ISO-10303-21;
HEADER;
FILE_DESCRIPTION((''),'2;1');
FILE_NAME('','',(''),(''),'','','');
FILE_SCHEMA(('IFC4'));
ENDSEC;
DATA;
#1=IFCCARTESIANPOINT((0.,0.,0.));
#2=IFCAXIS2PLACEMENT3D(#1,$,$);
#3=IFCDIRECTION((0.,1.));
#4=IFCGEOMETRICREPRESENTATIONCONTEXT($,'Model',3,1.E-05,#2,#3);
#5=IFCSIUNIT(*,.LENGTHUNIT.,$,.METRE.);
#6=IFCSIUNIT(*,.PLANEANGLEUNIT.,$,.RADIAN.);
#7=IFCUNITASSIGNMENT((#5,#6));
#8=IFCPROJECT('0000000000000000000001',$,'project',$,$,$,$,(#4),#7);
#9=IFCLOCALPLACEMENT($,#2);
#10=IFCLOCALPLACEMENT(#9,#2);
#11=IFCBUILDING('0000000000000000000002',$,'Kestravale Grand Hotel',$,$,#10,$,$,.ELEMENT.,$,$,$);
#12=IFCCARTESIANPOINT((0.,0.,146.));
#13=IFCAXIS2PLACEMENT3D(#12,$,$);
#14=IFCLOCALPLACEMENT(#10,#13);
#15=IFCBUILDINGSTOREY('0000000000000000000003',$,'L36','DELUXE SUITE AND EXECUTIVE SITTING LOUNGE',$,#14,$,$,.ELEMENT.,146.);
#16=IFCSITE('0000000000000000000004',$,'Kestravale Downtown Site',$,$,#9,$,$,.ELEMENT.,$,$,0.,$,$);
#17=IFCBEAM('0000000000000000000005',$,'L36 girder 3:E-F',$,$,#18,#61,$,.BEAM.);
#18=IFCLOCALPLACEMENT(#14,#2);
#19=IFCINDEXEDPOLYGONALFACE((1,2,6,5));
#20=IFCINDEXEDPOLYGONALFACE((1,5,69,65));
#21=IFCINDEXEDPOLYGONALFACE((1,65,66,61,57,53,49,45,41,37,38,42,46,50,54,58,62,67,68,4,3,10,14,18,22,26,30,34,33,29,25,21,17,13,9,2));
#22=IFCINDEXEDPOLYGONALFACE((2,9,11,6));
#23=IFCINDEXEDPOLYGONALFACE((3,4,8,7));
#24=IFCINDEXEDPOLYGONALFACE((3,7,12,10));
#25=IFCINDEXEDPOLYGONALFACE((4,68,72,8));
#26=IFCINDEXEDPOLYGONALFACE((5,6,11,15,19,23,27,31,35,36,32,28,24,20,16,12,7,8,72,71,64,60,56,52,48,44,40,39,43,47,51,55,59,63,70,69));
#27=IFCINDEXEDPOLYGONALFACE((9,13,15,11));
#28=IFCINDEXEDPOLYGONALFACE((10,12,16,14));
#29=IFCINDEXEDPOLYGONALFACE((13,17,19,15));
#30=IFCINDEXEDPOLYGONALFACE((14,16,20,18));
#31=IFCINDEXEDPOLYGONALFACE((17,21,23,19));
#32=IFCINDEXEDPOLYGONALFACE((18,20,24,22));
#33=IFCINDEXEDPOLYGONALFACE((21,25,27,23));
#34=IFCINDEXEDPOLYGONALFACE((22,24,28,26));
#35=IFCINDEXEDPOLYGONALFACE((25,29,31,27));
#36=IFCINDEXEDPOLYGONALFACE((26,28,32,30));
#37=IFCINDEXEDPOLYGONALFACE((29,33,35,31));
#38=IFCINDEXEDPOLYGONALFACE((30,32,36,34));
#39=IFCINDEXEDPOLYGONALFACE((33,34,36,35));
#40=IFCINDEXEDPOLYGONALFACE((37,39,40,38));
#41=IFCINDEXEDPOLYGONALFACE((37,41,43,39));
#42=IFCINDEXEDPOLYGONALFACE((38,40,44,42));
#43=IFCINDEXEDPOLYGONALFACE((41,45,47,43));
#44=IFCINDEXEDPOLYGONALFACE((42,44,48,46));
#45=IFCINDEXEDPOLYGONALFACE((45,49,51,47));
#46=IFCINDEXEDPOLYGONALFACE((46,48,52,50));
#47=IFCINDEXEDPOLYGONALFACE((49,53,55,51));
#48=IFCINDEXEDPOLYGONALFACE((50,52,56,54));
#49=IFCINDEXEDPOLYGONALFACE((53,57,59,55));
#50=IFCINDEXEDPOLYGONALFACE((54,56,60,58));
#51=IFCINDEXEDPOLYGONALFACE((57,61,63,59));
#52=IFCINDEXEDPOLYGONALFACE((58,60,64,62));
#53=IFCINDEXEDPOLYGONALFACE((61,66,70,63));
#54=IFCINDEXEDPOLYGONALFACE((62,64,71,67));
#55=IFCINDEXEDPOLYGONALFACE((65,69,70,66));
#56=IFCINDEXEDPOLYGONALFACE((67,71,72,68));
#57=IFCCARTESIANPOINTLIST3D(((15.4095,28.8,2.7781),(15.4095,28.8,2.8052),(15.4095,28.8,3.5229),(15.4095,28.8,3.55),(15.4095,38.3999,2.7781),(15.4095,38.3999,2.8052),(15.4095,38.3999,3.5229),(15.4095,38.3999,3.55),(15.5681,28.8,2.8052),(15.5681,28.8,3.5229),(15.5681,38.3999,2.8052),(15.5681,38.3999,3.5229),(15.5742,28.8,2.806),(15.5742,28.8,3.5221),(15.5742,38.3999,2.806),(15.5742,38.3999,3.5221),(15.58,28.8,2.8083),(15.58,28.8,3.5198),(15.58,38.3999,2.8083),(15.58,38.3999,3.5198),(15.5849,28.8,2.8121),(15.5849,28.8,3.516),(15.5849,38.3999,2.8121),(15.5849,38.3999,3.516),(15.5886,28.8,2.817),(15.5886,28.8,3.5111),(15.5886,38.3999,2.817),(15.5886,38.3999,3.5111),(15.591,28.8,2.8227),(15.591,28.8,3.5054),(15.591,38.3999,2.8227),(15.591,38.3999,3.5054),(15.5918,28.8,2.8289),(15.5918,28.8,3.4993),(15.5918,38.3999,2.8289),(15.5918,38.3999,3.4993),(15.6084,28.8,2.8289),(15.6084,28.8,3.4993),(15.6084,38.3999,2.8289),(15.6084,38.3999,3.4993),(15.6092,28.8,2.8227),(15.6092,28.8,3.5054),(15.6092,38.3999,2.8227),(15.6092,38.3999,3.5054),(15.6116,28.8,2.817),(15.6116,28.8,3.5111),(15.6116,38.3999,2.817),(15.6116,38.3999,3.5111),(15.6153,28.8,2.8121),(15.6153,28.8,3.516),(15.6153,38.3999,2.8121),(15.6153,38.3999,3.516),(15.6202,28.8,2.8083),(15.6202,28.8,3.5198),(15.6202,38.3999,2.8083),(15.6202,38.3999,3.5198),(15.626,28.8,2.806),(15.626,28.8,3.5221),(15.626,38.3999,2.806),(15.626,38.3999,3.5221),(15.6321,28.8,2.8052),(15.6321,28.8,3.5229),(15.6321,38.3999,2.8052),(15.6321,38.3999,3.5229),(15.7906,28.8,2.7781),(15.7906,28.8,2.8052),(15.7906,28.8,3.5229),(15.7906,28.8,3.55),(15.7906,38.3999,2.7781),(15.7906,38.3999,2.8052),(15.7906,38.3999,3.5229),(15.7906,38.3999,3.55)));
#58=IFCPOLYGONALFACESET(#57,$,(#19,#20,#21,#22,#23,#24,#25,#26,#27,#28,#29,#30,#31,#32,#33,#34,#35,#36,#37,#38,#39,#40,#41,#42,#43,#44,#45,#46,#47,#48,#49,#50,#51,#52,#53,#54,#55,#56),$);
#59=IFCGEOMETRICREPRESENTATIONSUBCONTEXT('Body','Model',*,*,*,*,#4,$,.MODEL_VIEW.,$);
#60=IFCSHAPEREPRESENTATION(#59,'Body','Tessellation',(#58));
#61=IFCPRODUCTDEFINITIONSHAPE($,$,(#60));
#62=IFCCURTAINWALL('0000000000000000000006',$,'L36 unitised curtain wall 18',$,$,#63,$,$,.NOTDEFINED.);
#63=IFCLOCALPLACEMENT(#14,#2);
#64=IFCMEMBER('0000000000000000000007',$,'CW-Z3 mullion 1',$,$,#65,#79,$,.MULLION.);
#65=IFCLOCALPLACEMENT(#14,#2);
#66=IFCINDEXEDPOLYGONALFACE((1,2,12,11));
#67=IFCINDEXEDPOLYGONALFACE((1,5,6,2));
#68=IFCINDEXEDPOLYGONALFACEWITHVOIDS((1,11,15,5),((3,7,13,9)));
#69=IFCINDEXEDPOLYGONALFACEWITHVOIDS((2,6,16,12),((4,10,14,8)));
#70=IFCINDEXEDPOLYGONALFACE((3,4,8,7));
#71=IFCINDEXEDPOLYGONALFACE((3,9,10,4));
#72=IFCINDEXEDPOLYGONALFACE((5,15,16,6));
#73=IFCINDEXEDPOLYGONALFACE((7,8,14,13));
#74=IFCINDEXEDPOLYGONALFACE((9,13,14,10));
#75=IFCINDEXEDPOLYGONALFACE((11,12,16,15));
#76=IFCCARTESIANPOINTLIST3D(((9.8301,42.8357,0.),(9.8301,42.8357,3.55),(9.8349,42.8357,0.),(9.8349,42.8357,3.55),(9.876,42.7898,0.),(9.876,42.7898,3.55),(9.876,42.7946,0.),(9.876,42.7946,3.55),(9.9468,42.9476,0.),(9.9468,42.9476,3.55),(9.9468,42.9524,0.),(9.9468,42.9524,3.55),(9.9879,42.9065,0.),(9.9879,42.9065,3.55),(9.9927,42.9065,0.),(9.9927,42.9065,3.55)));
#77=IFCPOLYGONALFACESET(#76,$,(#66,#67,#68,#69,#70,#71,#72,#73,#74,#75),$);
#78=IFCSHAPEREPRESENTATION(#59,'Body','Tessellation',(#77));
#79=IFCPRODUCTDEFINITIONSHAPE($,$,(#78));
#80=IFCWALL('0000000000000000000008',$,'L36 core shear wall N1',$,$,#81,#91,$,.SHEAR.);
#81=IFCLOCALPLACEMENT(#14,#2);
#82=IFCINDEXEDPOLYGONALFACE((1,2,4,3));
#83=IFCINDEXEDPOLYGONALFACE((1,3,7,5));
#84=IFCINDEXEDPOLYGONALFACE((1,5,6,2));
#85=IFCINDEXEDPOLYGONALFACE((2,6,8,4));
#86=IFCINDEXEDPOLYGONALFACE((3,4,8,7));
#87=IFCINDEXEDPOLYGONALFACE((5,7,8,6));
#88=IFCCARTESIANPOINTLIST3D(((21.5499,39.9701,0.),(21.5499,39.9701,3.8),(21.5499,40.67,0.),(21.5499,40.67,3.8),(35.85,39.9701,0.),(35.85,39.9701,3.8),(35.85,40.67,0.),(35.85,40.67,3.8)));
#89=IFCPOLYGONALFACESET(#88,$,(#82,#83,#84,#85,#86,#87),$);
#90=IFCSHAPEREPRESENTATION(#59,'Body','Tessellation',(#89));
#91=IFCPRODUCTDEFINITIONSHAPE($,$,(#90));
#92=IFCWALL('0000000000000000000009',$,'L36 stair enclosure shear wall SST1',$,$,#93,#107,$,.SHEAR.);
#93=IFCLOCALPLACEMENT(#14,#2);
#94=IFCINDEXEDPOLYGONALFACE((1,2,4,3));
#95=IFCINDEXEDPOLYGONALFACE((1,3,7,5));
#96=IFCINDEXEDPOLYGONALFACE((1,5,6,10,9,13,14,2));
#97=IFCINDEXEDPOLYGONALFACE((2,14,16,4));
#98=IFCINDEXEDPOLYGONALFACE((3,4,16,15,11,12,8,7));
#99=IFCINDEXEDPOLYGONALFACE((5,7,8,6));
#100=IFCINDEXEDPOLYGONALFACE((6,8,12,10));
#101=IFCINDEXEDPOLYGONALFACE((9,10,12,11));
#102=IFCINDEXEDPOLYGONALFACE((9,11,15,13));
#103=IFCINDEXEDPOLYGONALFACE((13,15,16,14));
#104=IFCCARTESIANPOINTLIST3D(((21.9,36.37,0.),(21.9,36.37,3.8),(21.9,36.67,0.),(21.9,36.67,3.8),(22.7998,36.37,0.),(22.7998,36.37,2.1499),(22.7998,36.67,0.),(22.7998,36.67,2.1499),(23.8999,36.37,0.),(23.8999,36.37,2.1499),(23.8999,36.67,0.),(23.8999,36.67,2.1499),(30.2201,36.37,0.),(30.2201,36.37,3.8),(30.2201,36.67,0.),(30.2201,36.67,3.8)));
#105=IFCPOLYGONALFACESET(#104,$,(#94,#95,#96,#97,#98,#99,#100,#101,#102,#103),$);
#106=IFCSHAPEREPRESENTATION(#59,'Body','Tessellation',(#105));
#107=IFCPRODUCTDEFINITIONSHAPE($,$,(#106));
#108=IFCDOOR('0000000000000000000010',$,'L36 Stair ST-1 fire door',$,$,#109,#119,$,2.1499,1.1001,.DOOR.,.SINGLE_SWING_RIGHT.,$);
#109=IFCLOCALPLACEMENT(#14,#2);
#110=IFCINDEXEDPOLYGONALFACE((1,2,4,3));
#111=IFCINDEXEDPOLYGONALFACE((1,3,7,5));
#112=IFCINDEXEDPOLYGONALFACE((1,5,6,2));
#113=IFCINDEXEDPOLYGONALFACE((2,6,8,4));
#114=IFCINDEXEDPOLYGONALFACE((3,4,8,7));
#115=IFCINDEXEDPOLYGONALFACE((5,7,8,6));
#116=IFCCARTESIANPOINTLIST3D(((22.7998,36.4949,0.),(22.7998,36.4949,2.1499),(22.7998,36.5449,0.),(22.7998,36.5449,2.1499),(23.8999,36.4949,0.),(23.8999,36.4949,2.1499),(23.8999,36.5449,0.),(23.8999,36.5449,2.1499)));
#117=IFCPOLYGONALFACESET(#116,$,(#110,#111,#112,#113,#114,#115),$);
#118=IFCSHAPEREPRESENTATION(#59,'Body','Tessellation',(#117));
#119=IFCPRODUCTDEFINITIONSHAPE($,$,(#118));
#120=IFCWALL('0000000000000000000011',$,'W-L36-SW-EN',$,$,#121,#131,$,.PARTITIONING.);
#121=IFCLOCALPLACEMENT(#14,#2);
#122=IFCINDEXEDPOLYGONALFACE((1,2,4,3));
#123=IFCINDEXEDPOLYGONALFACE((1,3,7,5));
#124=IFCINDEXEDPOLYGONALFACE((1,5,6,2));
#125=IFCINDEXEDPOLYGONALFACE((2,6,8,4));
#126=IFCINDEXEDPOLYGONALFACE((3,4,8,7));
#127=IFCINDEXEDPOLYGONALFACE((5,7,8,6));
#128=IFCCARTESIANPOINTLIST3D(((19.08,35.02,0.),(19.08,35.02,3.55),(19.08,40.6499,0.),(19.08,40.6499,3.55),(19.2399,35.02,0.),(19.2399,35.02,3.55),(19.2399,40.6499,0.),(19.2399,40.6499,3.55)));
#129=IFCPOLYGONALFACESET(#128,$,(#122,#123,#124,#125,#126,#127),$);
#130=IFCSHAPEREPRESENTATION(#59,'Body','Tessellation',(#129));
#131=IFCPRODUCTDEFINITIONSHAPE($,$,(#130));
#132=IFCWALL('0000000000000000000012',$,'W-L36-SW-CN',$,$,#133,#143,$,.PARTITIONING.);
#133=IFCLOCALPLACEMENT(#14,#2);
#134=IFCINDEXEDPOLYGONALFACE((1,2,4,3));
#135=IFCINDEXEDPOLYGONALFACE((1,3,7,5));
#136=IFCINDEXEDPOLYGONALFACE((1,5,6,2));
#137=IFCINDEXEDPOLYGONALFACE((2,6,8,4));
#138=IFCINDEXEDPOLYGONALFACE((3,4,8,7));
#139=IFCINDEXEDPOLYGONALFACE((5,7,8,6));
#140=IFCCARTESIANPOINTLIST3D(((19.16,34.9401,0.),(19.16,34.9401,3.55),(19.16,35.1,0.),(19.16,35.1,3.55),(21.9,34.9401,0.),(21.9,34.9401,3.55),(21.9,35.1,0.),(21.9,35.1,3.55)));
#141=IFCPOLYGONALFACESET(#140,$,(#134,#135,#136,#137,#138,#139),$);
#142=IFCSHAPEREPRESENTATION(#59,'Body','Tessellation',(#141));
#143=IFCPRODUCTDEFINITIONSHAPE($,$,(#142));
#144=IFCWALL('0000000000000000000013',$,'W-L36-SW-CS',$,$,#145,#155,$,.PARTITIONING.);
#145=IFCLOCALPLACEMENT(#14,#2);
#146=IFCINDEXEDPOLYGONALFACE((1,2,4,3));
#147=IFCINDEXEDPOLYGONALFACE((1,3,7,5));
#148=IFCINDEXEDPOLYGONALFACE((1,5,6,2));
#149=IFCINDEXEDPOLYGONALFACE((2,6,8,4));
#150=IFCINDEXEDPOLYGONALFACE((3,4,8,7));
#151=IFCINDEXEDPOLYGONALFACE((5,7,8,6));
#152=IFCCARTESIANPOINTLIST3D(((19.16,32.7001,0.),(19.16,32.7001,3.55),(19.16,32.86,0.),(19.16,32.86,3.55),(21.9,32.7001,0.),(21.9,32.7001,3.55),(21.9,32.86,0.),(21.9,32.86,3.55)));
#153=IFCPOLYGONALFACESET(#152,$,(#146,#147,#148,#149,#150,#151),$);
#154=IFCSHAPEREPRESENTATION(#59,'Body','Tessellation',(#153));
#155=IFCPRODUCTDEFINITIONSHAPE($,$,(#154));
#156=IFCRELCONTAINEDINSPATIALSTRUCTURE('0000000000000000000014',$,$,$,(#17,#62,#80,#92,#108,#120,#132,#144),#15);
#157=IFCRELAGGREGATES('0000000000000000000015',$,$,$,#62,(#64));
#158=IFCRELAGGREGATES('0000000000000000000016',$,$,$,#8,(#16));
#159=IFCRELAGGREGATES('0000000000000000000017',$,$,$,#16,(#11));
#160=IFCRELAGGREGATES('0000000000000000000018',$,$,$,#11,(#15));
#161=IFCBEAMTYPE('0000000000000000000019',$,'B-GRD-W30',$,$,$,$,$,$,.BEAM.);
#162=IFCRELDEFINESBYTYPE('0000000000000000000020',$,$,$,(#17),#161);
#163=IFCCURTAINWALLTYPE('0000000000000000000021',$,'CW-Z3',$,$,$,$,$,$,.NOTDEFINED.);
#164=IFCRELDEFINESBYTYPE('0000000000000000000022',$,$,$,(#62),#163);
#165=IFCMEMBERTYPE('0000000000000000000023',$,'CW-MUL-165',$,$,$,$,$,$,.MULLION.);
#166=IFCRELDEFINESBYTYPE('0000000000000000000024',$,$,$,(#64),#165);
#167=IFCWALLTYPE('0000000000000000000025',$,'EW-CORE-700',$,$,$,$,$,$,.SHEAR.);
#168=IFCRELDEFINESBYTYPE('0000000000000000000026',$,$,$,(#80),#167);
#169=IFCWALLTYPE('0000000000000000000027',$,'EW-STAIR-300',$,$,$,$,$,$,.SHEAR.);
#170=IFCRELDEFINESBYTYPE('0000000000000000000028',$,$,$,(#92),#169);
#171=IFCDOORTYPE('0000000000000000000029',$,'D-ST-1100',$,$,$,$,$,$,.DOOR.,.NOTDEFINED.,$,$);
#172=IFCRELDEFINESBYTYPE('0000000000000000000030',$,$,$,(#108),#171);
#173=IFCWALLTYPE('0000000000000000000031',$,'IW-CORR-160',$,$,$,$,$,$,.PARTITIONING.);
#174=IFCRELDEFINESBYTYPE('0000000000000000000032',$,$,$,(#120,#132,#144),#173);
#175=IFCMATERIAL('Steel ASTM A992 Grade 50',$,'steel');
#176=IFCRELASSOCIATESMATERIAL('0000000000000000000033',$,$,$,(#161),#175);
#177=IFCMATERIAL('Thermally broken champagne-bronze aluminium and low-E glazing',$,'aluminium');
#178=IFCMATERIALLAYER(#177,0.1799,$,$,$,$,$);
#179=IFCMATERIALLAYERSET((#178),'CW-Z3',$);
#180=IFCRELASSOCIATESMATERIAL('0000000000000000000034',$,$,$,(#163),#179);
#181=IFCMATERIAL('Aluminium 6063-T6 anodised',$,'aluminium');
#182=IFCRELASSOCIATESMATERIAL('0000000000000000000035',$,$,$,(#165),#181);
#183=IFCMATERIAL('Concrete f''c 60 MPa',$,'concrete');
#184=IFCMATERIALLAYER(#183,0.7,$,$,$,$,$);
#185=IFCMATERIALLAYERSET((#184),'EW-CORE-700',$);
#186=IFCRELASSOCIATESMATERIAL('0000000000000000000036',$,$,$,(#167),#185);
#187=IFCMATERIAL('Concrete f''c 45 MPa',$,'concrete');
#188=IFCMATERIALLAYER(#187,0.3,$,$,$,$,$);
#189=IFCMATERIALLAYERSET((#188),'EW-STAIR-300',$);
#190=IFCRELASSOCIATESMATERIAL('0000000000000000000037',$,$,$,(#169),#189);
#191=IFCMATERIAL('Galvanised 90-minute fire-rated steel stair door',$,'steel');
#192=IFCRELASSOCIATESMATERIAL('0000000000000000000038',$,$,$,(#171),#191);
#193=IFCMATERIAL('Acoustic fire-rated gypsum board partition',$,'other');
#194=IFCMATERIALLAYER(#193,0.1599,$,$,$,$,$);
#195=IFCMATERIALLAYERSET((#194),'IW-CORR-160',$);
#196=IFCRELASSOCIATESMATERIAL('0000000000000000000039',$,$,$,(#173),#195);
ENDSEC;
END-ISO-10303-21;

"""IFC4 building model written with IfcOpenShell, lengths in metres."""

from ifc_helpers import new_model, si_unit, direction, frame, frame_2d, origin, origin_2d, place, context, subcontext, project, spatial, rectangle, hollow_rectangle, i_section, extrude, material, layer, layer_set, material_profile, profile_set, type_object, element, fill, aggregate, save


model = new_model("IFC4")

# Units and contexts
model_context = context("Model", 3, precision=1e-05, world=origin(), true_north=direction((0.0, 1.0)))
body_context = subcontext(model_context, "Body", "Model", "MODEL_VIEW")
ifc_project = project(units=[si_unit("LENGTHUNIT", "METRE"), si_unit("PLANEANGLEUNIT", "RADIAN")], contexts=[model_context])

# Site, building, storey
site_placement = place(None, origin())
site = spatial("IfcSite", under=ifc_project, at=site_placement, Name="Kestravale Downtown Site", CompositionType="ELEMENT", RefElevation=0.0)
building_placement = place(site_placement, origin())
building = spatial("IfcBuilding", under=site, at=building_placement, Name="Kestravale Grand Hotel", CompositionType="ELEMENT")
storey_placement = place(building_placement, frame((0.0, 0.0, 146.0)))
storey = spatial("IfcBuildingStorey", under=building, at=storey_placement, Name="L36", Description="DELUXE SUITE AND EXECUTIVE SITTING LOUNGE", CompositionType="ELEMENT", Elevation=146.0)

# Beam
ifc_material_1 = material(Name="Steel ASTM A992 Grade 50", Category="steel")
ifc_material_profile_1 = material_profile(ifc_material_1, i_section(OverallWidth=0.3811, OverallDepth=0.772, WebThickness=0.0166, FlangeThickness=0.0271, FilletRadius=0.0237, at=origin_2d()))
ifc_profile_set_1 = profile_set([ifc_material_profile_1], Name="Steel ASTM A992 Grade 50")
beam_type_1 = type_object("IfcBeamType", Name="B-GRD-W30", PredefinedType="BEAM", material=ifc_profile_set_1)
beam_1_placement = place(storey_placement, frame((15.6001, 28.8, 3.1641), z_axis=(0.0, 1.0, 0.0), x_axis=(-1.0, 0.0, 0.0)))
element("IfcBeam", 1, at=beam_1_placement, inside=storey, type_object=beam_type_1, Name="L36 girder 3:E-F", PredefinedType="BEAM", context=body_context, shape_type="SweptSolid", body=[
    extrude(i_section(OverallWidth=0.3811, OverallDepth=0.772, WebThickness=0.0166, FlangeThickness=0.0271, FilletRadius=0.0237, at=origin_2d()), origin(), (0.0, 0.0, 1.0), 9.5999),
])

# Curtain wall, member
ifc_material_2 = material(Name="Thermally broken champagne-bronze aluminium and low-E glazing", Category="aluminium")
ifc_layer_1 = layer(ifc_material_2, 0.1799)
ifc_layer_set_1 = layer_set([ifc_layer_1], Name="CW-Z3")
curtain_wall_type = type_object("IfcCurtainWallType", Name="CW-Z3", PredefinedType="NOTDEFINED", material=ifc_layer_set_1)
curtain_wall_placement = place(storey_placement, origin())
curtain_wall = element("IfcCurtainWall", 2, at=curtain_wall_placement, inside=storey, type_object=curtain_wall_type, Name="L36 unitised curtain wall 18", PredefinedType="NOTDEFINED")
ifc_material_3 = material(Name="Aluminium 6063-T6 anodised", Category="aluminium")
ifc_material_profile_2 = material_profile(ifc_material_3, hollow_rectangle(XDim=0.0649, YDim=0.165, WallThickness=0.0034, at=origin_2d()))
ifc_profile_set_2 = profile_set([ifc_material_profile_2], Name="Aluminium 6063-T6 anodised")
member_type = type_object("IfcMemberType", Name="CW-MUL-165", PredefinedType="MULLION", material=ifc_profile_set_2)
member_placement = place(storey_placement, frame((9.9114, 42.8711, 0.0), z_axis=(0.0, 0.0, 1.0), x_axis=(0.707107, -0.707107, 0.0)))
member = element("IfcMember", 3, at=member_placement, type_object=member_type, Name="CW-Z3 mullion 1", PredefinedType="MULLION", context=body_context, shape_type="SweptSolid", body=[
    extrude(hollow_rectangle(XDim=0.0649, YDim=0.165, WallThickness=0.0034, at=origin_2d()), origin(), (0.0, 0.0, 1.0), 3.55),
])
aggregate(curtain_wall, [member])

# Wall
ifc_material_4 = material(Name="Concrete f'c 60 MPa", Category="concrete")
ifc_layer_2 = layer(ifc_material_4, 0.7)
ifc_layer_set_2 = layer_set([ifc_layer_2], Name="EW-CORE-700")
wall_type_1 = type_object("IfcWallType", Name="EW-CORE-700", PredefinedType="SHEAR", material=ifc_layer_set_2)
wall_1_placement = place(storey_placement, frame((21.55, 40.3201, 0.0), z_axis=(0.0, 0.0, 1.0), x_axis=(1.0, 0.0, 0.0)))
element("IfcWall", 4, at=wall_1_placement, inside=storey, type_object=wall_type_1, Name="L36 core shear wall N1", PredefinedType="SHEAR", context=body_context, shape_type="SweptSolid", body=[
    extrude(rectangle(XDim=14.3, YDim=0.7, at=frame_2d((7.1499, 0.0))), origin(), (0.0, 0.0, 1.0), 3.8),
])

# Wall, opening, door
ifc_material_5 = material(Name="Concrete f'c 45 MPa", Category="concrete")
ifc_layer_3 = layer(ifc_material_5, 0.3)
ifc_layer_set_3 = layer_set([ifc_layer_3], Name="EW-STAIR-300")
wall_type_2 = type_object("IfcWallType", Name="EW-STAIR-300", PredefinedType="SHEAR", material=ifc_layer_set_3)
wall_2_placement = place(storey_placement, frame((21.8999, 36.52, 0.0), z_axis=(0.0, 0.0, 1.0), x_axis=(1.0, 0.0, 0.0)))
wall_2 = element("IfcWall", 5, at=wall_2_placement, inside=storey, type_object=wall_type_2, Name="L36 stair enclosure shear wall SST1", PredefinedType="SHEAR", context=body_context, shape_type="SweptSolid", body=[
    extrude(rectangle(XDim=8.3201, YDim=0.3, at=frame_2d((4.1602, 0.0))), origin(), (0.0, 0.0, 1.0), 3.8),
])
opening_1_placement = place(wall_2_placement, frame((0.8999, 0.0, 0.0)))
opening_1 = element("IfcOpeningElement", 6, at=opening_1_placement, cuts=wall_2, PredefinedType="OPENING", context=body_context, shape_type="SweptSolid", body=[
    extrude(rectangle(XDim=1.1001, YDim=2.1499, at=frame_2d((0.55, 1.075))), frame((0.0, 0.1599, 0.0), z_axis=(0.0, -1.0, 0.0), x_axis=(1.0, 0.0, 0.0)), (0.0, 0.0, 1.0), 0.3201),
])
ifc_material_6 = material(Name="Galvanised 90-minute fire-rated steel stair door", Category="steel")
door_type_1 = type_object("IfcDoorType", Name="D-ST-1100", OperationType="NOTDEFINED", PredefinedType="DOOR", material=ifc_material_6)
door_1_placement = place(opening_1_placement, origin())
door_1 = element("IfcDoor", 7, at=door_1_placement, inside=storey, type_object=door_type_1, Name="L36 Stair ST-1 fire door", OperationType="SINGLE_SWING_RIGHT", OverallHeight=2.1499, OverallWidth=1.1001, PredefinedType="DOOR", context=body_context, shape_type="SweptSolid", body=[
    extrude(rectangle(XDim=1.1001, YDim=2.1499, at=frame_2d((0.55, 1.075))), frame((0.0, 0.0249, 0.0), z_axis=(0.0, -1.0, 0.0), x_axis=(1.0, 0.0, 0.0)), (0.0, 0.0, 1.0), 0.05),
])
fill(opening_1, door_1)

# Walls
ifc_material_7 = material(Name="Acoustic fire-rated gypsum board partition", Category="other")
ifc_layer_4 = layer(ifc_material_7, 0.1599)
ifc_layer_set_4 = layer_set([ifc_layer_4], Name="IW-CORR-160")
wall_type_3 = type_object("IfcWallType", Name="IW-CORR-160", PredefinedType="PARTITIONING", material=ifc_layer_set_4)
wall_3_placement = place(storey_placement, frame((19.1599, 35.02, 0.0), z_axis=(0.0, 0.0, 1.0), x_axis=(0.0, 1.0, 0.0)))
element("IfcWall", 8, at=wall_3_placement, inside=storey, type_object=wall_type_3, Name="W-L36-SW-EN", PredefinedType="PARTITIONING", context=body_context, shape_type="SweptSolid", body=[
    extrude(rectangle(XDim=5.6299, YDim=0.1599, at=frame_2d((2.8149, 0.0))), origin(), (0.0, 0.0, 1.0), 3.55),
])
for number, where, z_axis, x_axis, name in (
    (9, (19.1599, 35.02, 0.0), (0.0, 0.0, 1.0), (1.0, 0.0, 0.0), "W-L36-SW-CN"),
    (10, (19.1599, 32.78, 0.0), (0.0, 0.0, 1.0), (1.0, 0.0, 0.0), "W-L36-SW-CS"),
):
    element("IfcWall", number, at=place(storey_placement, frame(where, z_axis=z_axis, x_axis=x_axis)), inside=storey, type_object=wall_type_3, Name=name, PredefinedType="PARTITIONING", context=body_context, shape_type="SweptSolid", body=[
        extrude(rectangle(XDim=2.74, YDim=0.1599, at=frame_2d((1.3701, 0.0))), origin(), (0.0, 0.0, 1.0), 3.55),
    ])

save(model, "model.ifc")
